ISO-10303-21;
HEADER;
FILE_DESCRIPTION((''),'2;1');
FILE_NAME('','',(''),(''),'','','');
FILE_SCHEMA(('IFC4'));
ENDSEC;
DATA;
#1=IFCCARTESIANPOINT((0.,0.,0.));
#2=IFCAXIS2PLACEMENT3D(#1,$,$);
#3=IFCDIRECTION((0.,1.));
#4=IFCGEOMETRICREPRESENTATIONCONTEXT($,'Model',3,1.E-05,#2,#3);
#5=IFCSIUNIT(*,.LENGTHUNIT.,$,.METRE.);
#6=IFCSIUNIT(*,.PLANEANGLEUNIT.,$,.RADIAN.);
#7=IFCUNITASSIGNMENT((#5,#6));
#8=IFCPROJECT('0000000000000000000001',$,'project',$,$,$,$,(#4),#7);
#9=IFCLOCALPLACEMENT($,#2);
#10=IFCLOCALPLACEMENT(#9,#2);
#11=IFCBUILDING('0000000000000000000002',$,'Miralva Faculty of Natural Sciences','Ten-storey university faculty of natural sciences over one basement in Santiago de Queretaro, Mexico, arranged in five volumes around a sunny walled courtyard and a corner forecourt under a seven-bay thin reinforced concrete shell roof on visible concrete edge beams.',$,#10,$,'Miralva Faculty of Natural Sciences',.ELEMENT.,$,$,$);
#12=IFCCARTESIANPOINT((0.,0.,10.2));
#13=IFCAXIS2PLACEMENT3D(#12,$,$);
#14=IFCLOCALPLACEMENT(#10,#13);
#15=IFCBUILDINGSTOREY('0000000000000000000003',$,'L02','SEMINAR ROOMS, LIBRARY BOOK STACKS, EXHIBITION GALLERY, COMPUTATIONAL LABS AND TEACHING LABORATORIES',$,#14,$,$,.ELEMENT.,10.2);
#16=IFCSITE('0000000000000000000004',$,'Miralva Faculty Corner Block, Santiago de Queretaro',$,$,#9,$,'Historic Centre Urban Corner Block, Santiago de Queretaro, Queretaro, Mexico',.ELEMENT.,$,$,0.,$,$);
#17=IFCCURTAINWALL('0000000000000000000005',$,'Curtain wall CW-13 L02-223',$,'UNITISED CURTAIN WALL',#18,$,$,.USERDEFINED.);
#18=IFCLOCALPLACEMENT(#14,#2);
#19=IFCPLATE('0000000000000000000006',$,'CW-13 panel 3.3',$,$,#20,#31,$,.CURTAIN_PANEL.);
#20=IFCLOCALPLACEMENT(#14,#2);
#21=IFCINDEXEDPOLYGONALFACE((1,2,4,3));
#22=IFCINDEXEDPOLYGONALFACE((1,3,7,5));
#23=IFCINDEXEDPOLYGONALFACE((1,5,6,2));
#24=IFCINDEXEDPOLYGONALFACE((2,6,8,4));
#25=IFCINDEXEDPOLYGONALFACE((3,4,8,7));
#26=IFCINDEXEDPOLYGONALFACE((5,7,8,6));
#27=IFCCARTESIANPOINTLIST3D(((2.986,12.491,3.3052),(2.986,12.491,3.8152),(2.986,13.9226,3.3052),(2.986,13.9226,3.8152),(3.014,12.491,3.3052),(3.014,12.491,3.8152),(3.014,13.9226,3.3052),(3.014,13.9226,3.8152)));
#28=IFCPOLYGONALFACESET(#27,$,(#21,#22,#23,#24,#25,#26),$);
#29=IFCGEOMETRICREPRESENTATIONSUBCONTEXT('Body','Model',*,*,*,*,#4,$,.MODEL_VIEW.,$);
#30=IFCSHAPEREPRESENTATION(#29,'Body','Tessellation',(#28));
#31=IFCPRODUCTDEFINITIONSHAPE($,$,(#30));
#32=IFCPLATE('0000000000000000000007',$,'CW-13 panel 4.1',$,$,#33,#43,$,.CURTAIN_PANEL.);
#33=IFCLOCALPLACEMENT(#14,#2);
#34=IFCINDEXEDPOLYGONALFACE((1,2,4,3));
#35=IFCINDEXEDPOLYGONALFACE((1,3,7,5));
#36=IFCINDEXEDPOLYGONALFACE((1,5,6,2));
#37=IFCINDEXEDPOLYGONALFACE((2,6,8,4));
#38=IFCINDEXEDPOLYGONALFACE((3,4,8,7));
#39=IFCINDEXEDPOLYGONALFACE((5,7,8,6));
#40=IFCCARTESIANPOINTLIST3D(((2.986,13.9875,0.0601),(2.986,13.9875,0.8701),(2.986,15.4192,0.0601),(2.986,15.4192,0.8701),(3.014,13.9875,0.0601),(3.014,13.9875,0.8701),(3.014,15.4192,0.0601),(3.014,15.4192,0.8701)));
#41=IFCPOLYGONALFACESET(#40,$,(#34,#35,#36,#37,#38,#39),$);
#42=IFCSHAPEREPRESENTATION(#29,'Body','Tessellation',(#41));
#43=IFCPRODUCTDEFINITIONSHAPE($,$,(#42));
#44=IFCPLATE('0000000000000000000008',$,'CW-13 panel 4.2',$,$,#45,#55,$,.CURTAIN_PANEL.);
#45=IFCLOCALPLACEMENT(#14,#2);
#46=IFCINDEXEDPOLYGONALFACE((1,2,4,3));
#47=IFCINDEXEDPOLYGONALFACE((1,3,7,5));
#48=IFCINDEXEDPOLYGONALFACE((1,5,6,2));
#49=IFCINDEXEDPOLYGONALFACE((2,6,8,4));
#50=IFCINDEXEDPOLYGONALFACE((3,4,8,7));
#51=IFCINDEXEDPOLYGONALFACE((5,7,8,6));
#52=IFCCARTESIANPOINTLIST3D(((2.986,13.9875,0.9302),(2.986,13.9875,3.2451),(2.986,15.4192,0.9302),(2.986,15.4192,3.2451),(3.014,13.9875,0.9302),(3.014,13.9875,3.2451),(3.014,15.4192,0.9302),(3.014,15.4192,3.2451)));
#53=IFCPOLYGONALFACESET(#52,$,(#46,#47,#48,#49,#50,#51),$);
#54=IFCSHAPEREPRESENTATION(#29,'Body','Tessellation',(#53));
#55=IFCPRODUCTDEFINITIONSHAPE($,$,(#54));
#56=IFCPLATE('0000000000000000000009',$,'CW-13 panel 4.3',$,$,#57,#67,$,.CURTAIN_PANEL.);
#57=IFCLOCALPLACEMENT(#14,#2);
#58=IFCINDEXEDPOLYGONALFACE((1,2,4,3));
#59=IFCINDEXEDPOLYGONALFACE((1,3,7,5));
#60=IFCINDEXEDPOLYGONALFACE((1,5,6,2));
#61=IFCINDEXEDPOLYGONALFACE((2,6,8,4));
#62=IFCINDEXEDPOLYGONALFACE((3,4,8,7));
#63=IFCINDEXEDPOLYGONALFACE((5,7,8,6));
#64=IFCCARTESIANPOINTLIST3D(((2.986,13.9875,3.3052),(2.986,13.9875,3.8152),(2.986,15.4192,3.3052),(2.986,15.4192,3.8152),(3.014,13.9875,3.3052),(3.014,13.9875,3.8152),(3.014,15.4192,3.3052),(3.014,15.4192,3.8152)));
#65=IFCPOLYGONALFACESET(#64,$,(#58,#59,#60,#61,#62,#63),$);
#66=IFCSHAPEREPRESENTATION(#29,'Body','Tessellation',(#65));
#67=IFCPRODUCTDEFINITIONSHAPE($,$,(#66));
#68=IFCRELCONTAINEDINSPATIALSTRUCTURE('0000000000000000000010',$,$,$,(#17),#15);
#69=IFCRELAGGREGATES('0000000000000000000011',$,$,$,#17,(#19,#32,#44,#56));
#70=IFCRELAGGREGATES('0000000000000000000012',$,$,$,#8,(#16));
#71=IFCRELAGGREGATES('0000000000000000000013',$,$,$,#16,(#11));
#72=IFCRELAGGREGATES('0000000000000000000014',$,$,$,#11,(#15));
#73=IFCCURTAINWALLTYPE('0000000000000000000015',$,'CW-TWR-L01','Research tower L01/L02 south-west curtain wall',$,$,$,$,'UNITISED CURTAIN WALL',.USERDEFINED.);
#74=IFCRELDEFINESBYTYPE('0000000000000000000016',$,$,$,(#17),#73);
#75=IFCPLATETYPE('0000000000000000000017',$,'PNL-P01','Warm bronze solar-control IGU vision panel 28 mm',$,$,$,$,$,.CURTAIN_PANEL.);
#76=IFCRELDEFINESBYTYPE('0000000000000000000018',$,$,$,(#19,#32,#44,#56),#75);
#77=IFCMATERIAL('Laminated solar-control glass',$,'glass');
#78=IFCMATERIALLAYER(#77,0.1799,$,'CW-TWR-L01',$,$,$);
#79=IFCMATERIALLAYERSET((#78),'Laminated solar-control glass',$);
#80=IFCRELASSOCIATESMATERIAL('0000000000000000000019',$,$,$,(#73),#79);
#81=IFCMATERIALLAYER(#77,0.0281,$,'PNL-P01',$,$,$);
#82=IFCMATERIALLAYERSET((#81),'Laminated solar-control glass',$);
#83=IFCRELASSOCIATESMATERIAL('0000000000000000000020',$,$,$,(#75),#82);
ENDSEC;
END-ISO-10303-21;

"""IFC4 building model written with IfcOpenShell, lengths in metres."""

from ifc_helpers import new_model, si_unit, direction, frame, origin, origin_2d, place, context, subcontext, project, spatial, rectangle, extrude, material, layer, layer_set, type_object, element, aggregate, save


model = new_model("IFC4")

# Units and contexts
model_context = context("Model", 3, precision=1e-05, world=origin(), true_north=direction((0.0, 1.0)))
body_context = subcontext(model_context, "Body", "Model", "MODEL_VIEW")
ifc_project = project(units=[si_unit("LENGTHUNIT", "METRE"), si_unit("PLANEANGLEUNIT", "RADIAN")], contexts=[model_context])

# Site, building, storey
site_placement = place(None, origin())
site = spatial("IfcSite", under=ifc_project, at=site_placement, Name="Miralva Faculty Corner Block, Santiago de Queretaro", LongName="Historic Centre Urban Corner Block, Santiago de Queretaro, Queretaro, Mexico", CompositionType="ELEMENT", RefElevation=0.0)
building_placement = place(site_placement, origin())
building = spatial("IfcBuilding", under=site, at=building_placement, Name="Miralva Faculty of Natural Sciences", Description="Ten-storey university faculty of natural sciences over one basement in Santiago de Queretaro, Mexico, arranged in five volumes around a sunny walled courtyard and a corner forecourt under a seven-bay thin reinforced concrete shell roof on visible concrete edge beams.", LongName="Miralva Faculty of Natural Sciences", CompositionType="ELEMENT")
storey_placement = place(building_placement, frame((0.0, 0.0, 10.2)))
storey = spatial("IfcBuildingStorey", under=building, at=storey_placement, Name="L02", Description="SEMINAR ROOMS, LIBRARY BOOK STACKS, EXHIBITION GALLERY, COMPUTATIONAL LABS AND TEACHING LABORATORIES", CompositionType="ELEMENT", Elevation=10.2)

# Curtain wall, plates
ifc_material_1 = material(Name="Laminated solar-control glass", Category="glass")
ifc_layer_1 = layer(ifc_material_1, 0.1799, Name="CW-TWR-L01")
ifc_layer_set_1 = layer_set([ifc_layer_1], Name="Laminated solar-control glass")
curtain_wall_type = type_object("IfcCurtainWallType", Name="CW-TWR-L01", Description="Research tower L01/L02 south-west curtain wall", ElementType="UNITISED CURTAIN WALL", PredefinedType="USERDEFINED", material=ifc_layer_set_1)
curtain_wall_placement = place(storey_placement, origin())
curtain_wall = element("IfcCurtainWall", 1, at=curtain_wall_placement, inside=storey, type_object=curtain_wall_type, Name="Curtain wall CW-13 L02-223", ObjectType="UNITISED CURTAIN WALL", PredefinedType="USERDEFINED")
ifc_layer_2 = layer(ifc_material_1, 0.0281, Name="PNL-P01")
ifc_layer_set_2 = layer_set([ifc_layer_2], Name="Laminated solar-control glass")
plate_type = type_object("IfcPlateType", Name="PNL-P01", Description="Warm bronze solar-control IGU vision panel 28 mm", PredefinedType="CURTAIN_PANEL", material=ifc_layer_set_2)
plate_1_placement = place(storey_placement, frame((3.0, 13.2068, 3.3052), z_axis=(0.0, 0.0, 1.0), x_axis=(0.0, 1.0, 0.0)))
plate_1 = element("IfcPlate", 2, at=plate_1_placement, type_object=plate_type, Name="CW-13 panel 3.3", PredefinedType="CURTAIN_PANEL", context=body_context, shape_type="SweptSolid", body=[
    extrude(rectangle(XDim=1.4316, YDim=0.0281, at=origin_2d()), origin(), (0.0, 0.0, 1.0), 0.51),
])
plate_2_placement = place(storey_placement, frame((3.0, 14.7034, 0.0601), z_axis=(0.0, 0.0, 1.0), x_axis=(0.0, 1.0, 0.0)))
plate_2 = element("IfcPlate", 3, at=plate_2_placement, type_object=plate_type, Name="CW-13 panel 4.1", PredefinedType="CURTAIN_PANEL", context=body_context, shape_type="SweptSolid", body=[
    extrude(rectangle(XDim=1.4316, YDim=0.0281, at=origin_2d()), origin(), (0.0, 0.0, 1.0), 0.8101),
])
plate_3_placement = place(storey_placement, frame((3.0, 14.7034, 0.9302), z_axis=(0.0, 0.0, 1.0), x_axis=(0.0, 1.0, 0.0)))
plate_3 = element("IfcPlate", 4, at=plate_3_placement, type_object=plate_type, Name="CW-13 panel 4.2", PredefinedType="CURTAIN_PANEL", context=body_context, shape_type="SweptSolid", body=[
    extrude(rectangle(XDim=1.4316, YDim=0.0281, at=origin_2d()), origin(), (0.0, 0.0, 1.0), 2.3149),
])
plate_4_placement = place(storey_placement, frame((3.0, 14.7034, 3.3052), z_axis=(0.0, 0.0, 1.0), x_axis=(0.0, 1.0, 0.0)))
plate_4 = element("IfcPlate", 5, at=plate_4_placement, type_object=plate_type, Name="CW-13 panel 4.3", PredefinedType="CURTAIN_PANEL", context=body_context, shape_type="SweptSolid", body=[
    extrude(rectangle(XDim=1.4316, YDim=0.0281, at=origin_2d()), origin(), (0.0, 0.0, 1.0), 0.51),
])
aggregate(curtain_wall, [plate_1, plate_2, plate_3, plate_4])

save(model, "model.ifc")
